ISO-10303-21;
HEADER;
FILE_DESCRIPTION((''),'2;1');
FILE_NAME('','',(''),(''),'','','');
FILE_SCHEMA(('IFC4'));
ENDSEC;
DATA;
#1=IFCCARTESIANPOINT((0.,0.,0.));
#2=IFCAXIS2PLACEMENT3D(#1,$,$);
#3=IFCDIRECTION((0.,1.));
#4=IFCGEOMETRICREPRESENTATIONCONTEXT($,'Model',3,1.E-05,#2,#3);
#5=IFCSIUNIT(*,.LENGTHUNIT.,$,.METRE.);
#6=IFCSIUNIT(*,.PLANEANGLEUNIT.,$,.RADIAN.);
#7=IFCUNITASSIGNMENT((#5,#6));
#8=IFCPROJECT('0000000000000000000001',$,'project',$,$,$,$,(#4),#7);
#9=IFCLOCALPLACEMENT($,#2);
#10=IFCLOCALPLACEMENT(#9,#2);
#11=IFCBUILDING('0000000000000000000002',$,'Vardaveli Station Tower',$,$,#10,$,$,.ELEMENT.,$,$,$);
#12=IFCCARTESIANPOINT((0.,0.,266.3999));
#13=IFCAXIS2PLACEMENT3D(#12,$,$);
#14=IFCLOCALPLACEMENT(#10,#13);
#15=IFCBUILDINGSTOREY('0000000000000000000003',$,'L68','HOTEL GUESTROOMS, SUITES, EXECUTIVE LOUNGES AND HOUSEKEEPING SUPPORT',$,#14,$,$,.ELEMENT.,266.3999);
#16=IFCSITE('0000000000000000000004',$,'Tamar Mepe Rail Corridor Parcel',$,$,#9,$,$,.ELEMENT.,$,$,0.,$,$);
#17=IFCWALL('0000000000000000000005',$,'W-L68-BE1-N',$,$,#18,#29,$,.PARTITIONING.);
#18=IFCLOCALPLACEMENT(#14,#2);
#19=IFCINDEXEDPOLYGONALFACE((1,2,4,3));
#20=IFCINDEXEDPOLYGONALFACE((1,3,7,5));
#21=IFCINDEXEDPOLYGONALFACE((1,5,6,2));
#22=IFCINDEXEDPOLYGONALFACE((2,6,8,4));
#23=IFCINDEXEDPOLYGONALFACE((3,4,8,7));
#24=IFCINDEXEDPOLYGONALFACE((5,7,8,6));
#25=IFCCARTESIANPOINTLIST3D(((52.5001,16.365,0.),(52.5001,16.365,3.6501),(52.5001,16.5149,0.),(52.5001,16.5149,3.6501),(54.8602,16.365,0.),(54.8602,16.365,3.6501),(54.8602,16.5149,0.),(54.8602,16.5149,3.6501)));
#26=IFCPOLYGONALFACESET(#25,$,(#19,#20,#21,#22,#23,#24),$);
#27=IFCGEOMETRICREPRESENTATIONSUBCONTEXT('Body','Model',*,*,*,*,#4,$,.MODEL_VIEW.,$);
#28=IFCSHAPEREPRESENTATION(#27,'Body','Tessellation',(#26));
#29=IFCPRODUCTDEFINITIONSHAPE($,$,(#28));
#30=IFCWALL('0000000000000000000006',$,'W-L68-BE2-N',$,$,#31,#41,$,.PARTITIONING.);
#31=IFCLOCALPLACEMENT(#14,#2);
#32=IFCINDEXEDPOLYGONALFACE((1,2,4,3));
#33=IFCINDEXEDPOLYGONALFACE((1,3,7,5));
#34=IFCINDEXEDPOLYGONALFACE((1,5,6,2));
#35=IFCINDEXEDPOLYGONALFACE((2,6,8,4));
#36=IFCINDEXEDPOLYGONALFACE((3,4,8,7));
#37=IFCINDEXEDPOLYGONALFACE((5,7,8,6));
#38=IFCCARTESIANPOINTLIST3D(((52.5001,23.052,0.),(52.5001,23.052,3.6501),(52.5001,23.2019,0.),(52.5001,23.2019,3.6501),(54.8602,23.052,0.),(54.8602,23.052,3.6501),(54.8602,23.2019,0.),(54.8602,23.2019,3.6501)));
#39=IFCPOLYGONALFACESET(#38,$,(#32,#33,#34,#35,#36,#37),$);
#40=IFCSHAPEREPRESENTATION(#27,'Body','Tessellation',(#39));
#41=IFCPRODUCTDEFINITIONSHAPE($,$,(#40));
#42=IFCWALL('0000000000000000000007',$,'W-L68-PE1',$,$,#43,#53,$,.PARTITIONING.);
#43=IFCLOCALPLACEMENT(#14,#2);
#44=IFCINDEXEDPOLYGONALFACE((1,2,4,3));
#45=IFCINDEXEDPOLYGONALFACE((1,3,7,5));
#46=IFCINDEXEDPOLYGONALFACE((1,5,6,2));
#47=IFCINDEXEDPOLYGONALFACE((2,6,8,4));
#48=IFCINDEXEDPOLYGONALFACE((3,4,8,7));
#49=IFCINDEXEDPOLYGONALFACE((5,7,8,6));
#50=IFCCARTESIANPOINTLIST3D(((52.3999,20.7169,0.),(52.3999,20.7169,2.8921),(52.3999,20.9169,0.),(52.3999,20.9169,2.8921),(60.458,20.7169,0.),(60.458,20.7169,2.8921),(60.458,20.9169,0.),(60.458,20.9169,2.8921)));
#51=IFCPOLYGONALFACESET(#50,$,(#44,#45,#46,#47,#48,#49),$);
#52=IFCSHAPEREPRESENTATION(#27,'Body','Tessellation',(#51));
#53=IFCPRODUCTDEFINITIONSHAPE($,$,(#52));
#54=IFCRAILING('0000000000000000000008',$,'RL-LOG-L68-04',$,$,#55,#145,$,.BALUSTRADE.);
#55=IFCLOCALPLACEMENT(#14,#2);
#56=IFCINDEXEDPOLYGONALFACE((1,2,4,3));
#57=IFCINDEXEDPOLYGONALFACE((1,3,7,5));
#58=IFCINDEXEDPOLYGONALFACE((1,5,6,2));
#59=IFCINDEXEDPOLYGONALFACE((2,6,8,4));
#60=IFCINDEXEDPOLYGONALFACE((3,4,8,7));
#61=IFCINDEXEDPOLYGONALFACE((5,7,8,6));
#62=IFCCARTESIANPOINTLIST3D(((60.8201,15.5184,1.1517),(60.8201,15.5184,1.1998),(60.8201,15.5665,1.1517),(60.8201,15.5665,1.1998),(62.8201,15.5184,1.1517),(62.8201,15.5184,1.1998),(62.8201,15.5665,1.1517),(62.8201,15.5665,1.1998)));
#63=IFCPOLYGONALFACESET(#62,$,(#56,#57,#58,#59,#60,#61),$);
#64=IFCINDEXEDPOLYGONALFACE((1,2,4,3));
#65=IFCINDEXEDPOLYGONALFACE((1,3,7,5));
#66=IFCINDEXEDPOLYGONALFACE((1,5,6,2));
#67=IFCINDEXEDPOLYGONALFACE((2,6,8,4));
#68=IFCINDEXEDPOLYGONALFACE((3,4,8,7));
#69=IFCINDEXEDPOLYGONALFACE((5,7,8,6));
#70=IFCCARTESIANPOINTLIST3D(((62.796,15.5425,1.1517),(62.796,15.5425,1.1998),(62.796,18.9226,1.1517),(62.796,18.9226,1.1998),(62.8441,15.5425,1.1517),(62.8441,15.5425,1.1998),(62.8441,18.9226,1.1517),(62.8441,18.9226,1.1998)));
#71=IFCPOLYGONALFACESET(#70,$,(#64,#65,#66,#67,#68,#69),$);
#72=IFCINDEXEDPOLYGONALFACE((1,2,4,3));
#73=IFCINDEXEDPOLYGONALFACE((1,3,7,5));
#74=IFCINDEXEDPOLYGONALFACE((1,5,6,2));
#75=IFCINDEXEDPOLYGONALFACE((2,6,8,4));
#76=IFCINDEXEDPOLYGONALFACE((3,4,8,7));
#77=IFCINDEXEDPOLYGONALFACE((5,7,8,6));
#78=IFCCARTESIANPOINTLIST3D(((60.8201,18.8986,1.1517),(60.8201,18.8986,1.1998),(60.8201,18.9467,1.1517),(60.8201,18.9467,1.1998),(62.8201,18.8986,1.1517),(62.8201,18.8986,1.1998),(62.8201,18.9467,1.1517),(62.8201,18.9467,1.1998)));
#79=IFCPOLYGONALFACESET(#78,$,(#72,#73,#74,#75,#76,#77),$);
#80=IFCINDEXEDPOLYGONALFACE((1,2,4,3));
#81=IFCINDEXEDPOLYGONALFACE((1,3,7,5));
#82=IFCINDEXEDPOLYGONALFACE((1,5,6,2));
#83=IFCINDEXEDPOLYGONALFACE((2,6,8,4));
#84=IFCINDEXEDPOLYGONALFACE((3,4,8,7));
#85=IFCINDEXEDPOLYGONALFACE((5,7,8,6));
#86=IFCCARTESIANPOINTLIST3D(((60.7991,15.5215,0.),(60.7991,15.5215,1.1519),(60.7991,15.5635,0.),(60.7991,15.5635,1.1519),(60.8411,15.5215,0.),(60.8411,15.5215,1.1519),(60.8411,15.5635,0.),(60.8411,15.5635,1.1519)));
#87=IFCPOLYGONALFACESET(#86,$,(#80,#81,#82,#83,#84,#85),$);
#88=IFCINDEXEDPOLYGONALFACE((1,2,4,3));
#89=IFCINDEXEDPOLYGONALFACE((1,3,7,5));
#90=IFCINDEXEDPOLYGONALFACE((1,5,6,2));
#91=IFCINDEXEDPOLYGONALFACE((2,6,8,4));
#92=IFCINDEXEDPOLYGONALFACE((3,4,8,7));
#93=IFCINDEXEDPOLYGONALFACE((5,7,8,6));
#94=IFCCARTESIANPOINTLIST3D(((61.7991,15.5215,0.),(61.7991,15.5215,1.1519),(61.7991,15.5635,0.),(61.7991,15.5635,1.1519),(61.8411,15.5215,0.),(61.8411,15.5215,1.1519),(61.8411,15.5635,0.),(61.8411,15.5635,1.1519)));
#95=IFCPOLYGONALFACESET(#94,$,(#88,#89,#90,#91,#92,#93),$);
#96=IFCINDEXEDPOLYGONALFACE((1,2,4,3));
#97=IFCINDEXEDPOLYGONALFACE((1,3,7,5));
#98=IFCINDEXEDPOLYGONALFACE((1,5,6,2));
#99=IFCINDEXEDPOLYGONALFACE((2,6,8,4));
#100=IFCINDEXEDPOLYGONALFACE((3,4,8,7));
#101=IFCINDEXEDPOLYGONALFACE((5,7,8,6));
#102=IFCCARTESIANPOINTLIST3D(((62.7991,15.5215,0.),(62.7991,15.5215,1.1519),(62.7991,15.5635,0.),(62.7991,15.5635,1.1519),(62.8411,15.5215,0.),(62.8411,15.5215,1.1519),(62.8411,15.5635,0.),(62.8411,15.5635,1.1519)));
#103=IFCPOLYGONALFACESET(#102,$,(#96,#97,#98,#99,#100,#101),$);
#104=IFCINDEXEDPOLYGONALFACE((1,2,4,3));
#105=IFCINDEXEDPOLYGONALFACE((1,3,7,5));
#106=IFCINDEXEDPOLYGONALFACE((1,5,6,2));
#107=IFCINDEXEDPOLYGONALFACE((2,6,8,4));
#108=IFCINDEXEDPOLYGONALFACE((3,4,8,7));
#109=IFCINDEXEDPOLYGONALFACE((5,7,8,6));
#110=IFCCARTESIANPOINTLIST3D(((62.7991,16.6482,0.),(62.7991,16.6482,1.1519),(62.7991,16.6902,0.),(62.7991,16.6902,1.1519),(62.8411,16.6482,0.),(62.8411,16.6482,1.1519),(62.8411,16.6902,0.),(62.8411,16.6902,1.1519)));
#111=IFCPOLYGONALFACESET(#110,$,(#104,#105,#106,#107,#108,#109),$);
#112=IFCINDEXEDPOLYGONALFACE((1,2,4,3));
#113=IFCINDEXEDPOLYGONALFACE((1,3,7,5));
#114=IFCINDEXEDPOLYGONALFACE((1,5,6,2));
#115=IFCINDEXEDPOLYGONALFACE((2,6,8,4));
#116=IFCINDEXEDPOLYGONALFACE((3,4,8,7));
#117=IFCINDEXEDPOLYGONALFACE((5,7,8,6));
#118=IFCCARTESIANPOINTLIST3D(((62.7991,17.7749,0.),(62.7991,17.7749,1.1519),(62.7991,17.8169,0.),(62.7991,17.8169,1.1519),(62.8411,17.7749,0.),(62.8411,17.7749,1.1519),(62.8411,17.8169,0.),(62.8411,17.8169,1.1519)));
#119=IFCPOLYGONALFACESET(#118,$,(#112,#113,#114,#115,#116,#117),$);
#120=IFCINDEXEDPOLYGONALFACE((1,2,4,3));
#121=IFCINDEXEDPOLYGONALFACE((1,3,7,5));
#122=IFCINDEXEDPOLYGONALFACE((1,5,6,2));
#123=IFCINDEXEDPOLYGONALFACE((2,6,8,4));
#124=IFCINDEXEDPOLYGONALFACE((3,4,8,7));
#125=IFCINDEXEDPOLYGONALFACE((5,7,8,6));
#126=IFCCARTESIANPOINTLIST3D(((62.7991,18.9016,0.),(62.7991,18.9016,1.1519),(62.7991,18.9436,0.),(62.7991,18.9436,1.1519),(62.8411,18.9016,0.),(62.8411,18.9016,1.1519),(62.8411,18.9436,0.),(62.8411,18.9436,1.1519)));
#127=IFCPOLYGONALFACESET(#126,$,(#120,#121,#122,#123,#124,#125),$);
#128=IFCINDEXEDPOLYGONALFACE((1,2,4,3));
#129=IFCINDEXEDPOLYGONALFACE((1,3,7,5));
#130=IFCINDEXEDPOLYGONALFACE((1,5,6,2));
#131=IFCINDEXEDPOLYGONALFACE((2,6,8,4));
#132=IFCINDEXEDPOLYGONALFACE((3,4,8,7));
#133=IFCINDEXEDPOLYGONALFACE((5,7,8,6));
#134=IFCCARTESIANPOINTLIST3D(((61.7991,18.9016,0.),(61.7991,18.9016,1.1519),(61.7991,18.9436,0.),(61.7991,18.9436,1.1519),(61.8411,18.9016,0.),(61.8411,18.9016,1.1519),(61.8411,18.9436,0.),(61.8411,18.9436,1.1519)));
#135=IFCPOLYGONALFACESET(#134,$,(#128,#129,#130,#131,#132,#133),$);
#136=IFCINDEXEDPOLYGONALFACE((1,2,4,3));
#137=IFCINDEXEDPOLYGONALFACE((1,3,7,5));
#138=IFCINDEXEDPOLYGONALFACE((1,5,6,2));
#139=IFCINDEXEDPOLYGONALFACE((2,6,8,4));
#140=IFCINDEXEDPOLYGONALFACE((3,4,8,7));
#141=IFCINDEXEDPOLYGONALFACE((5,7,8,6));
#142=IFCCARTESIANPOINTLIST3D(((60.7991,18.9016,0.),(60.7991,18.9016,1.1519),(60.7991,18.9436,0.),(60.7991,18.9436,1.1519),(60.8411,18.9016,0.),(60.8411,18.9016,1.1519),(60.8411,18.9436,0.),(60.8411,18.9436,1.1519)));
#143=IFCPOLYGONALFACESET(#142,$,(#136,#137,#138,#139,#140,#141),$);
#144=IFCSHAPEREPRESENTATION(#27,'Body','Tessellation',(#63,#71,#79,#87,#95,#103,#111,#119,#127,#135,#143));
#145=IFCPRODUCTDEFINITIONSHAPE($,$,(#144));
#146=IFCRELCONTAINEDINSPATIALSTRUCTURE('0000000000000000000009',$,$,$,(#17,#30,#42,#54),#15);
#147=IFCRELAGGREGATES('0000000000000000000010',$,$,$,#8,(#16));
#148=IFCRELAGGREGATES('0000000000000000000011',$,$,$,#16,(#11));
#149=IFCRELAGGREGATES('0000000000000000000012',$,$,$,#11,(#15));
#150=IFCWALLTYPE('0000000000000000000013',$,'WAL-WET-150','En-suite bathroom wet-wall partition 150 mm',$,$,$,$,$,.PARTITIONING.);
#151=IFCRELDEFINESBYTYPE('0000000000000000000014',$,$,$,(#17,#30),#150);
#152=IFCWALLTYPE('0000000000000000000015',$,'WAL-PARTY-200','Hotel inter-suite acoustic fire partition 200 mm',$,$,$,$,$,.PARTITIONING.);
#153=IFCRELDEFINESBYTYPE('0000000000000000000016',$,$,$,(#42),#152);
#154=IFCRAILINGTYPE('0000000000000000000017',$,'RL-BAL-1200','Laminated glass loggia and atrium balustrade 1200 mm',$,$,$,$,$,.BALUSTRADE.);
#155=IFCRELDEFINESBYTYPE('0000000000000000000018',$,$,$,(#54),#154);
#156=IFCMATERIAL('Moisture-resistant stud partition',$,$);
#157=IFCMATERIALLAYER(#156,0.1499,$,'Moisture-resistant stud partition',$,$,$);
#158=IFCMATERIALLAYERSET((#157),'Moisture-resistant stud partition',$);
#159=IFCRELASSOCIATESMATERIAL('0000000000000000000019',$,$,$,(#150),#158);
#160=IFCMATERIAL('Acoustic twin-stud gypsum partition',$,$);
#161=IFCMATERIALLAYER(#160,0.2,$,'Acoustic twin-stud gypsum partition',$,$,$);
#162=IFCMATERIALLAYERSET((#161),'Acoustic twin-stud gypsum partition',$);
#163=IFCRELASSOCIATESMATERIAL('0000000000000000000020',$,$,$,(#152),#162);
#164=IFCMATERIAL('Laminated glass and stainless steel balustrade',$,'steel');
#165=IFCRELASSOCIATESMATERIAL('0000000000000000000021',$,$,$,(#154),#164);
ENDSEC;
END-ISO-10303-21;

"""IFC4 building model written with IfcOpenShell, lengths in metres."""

from ifc_helpers import new_model, si_unit, direction, frame, frame_2d, origin, origin_2d, place, context, subcontext, project, spatial, rectangle, extrude, source, transform, mapped, material, layer, layer_set, type_object, element, save


model = new_model("IFC4")

# Units and contexts
model_context = context("Model", 3, precision=1e-05, world=origin(), true_north=direction((0.0, 1.0)))
body_context = subcontext(model_context, "Body", "Model", "MODEL_VIEW")
ifc_project = project(units=[si_unit("LENGTHUNIT", "METRE"), si_unit("PLANEANGLEUNIT", "RADIAN")], contexts=[model_context])

# Site, building, storey
site_placement = place(None, origin())
site = spatial("IfcSite", under=ifc_project, at=site_placement, Name="Tamar Mepe Rail Corridor Parcel", CompositionType="ELEMENT", RefElevation=0.0)
building_placement = place(site_placement, origin())
building = spatial("IfcBuilding", under=site, at=building_placement, Name="Vardaveli Station Tower", CompositionType="ELEMENT")
storey_placement = place(building_placement, frame((0.0, 0.0, 266.3999)))
storey = spatial("IfcBuildingStorey", under=building, at=storey_placement, Name="L68", Description="HOTEL GUESTROOMS, SUITES, EXECUTIVE LOUNGES AND HOUSEKEEPING SUPPORT", CompositionType="ELEMENT", Elevation=266.3999)

# Shared definitions
ifc_material_1 = material(Name="Moisture-resistant stud partition")
ifc_layer_1 = layer(ifc_material_1, 0.1499, Name="Moisture-resistant stud partition")
ifc_layer_set_1 = layer_set([ifc_layer_1], Name="Moisture-resistant stud partition")
wall_type_1 = type_object("IfcWallType", Name="WAL-WET-150", Description="En-suite bathroom wet-wall partition 150 mm", PredefinedType="PARTITIONING", material=ifc_layer_set_1)

# Walls
shared_shape_1 = source(origin(), body_context, "Body", "SweptSolid", [
    extrude(rectangle(XDim=2.3601, YDim=0.1499, at=frame_2d((1.1802, 0.0))), origin(), (0.0, 0.0, 1.0), 3.6501),
])
for number, where, z_axis, x_axis, name in (
    (1, (52.5, 16.4399, 0.0), (0.0, 0.0, 1.0), (1.0, 0.0, 0.0), "W-L68-BE1-N"),
    (2, (52.5, 23.127, 0.0), (0.0, 0.0, 1.0), (1.0, 0.0, 0.0), "W-L68-BE2-N"),
):
    element("IfcWall", number, at=place(storey_placement, frame(where, z_axis=z_axis, x_axis=x_axis)), inside=storey, type_object=wall_type_1, Name=name, PredefinedType="PARTITIONING", context=body_context, shape_type="MappedRepresentation", body=[
        mapped(shared_shape_1, transform((0.0, 0.0, 0.0), scale=1.0)),
    ])
ifc_material_2 = material(Name="Acoustic twin-stud gypsum partition")
ifc_layer_2 = layer(ifc_material_2, 0.2, Name="Acoustic twin-stud gypsum partition")
ifc_layer_set_2 = layer_set([ifc_layer_2], Name="Acoustic twin-stud gypsum partition")
wall_type_2 = type_object("IfcWallType", Name="WAL-PARTY-200", Description="Hotel inter-suite acoustic fire partition 200 mm", PredefinedType="PARTITIONING", material=ifc_layer_set_2)
shared_shape_2 = source(origin(), body_context, "Body", "SweptSolid", [
    extrude(rectangle(XDim=8.0581, YDim=0.2, at=frame_2d((4.0291, 0.0))), origin(), (0.0, 0.0, 1.0), 2.8921),
])
wall_1_placement = place(storey_placement, frame((52.3999, 20.8169, 0.0), z_axis=(0.0, 0.0, 1.0), x_axis=(1.0, 0.0, 0.0)))
element("IfcWall", 3, at=wall_1_placement, inside=storey, type_object=wall_type_2, Name="W-L68-PE1", PredefinedType="PARTITIONING", context=body_context, shape_type="MappedRepresentation", body=[
    mapped(shared_shape_2, transform((0.0, 0.0, 0.0), scale=1.0)),
])

# Railing
ifc_material_3 = material(Name="Laminated glass and stainless steel balustrade", Category="steel")
railing_type = type_object("IfcRailingType", Name="RL-BAL-1200", Description="Laminated glass loggia and atrium balustrade 1200 mm", PredefinedType="BALUSTRADE", material=ifc_material_3)
shared_shape_3 = source(origin(), body_context, "Body", "SweptSolid", [
    extrude(rectangle(XDim=0.0481, YDim=0.0481, at=origin_2d()), frame((0.0, 0.0, 1.1758), z_axis=(1.0, 0.0, 0.0), x_axis=(0.0, 1.0, 0.0)), (0.0, 0.0, 1.0), 2.0),
    extrude(rectangle(XDim=0.0481, YDim=0.0481, at=origin_2d()), frame((2.0, 0.0, 1.1758), z_axis=(0.0, 1.0, 0.0), x_axis=(-1.0, 0.0, 0.0)), (0.0, 0.0, 1.0), 3.3801),
    extrude(rectangle(XDim=0.0481, YDim=0.0481, at=origin_2d()), frame((2.0, 3.3801, 1.1758), z_axis=(-1.0, 0.0, 0.0), x_axis=(0.0, -1.0, 0.0)), (0.0, 0.0, 1.0), 2.0),
    extrude(rectangle(XDim=0.042, YDim=0.042, at=origin_2d()), origin(), (0.0, 0.0, 1.0), 1.1519),
    extrude(rectangle(XDim=0.042, YDim=0.042, at=origin_2d()), frame((1.0, 0.0, 0.0)), (0.0, 0.0, 1.0), 1.1519),
    extrude(rectangle(XDim=0.042, YDim=0.042, at=origin_2d()), frame((2.0, 0.0, 0.0)), (0.0, 0.0, 1.0), 1.1519),
    extrude(rectangle(XDim=0.042, YDim=0.042, at=origin_2d()), frame((2.0, 1.1267, 0.0)), (0.0, 0.0, 1.0), 1.1519),
    extrude(rectangle(XDim=0.042, YDim=0.042, at=origin_2d()), frame((2.0, 2.2534, 0.0)), (0.0, 0.0, 1.0), 1.1519),
    extrude(rectangle(XDim=0.042, YDim=0.042, at=origin_2d()), frame((2.0, 3.3801, 0.0)), (0.0, 0.0, 1.0), 1.1519),
    extrude(rectangle(XDim=0.042, YDim=0.042, at=origin_2d()), frame((1.0, 3.3801, 0.0)), (0.0, 0.0, 1.0), 1.1519),
    extrude(rectangle(XDim=0.042, YDim=0.042, at=origin_2d()), frame((0.0, 3.3801, 0.0)), (0.0, 0.0, 1.0), 1.1519),
])
railing_placement = place(storey_placement, frame((60.8201, 15.5425, 0.0)))
element("IfcRailing", 4, at=railing_placement, inside=storey, type_object=railing_type, Name="RL-LOG-L68-04", PredefinedType="BALUSTRADE", context=body_context, shape_type="MappedRepresentation", body=[
    mapped(shared_shape_3, transform((0.0, 0.0, 0.0), scale=1.0)),
])

save(model, "model.ifc")
